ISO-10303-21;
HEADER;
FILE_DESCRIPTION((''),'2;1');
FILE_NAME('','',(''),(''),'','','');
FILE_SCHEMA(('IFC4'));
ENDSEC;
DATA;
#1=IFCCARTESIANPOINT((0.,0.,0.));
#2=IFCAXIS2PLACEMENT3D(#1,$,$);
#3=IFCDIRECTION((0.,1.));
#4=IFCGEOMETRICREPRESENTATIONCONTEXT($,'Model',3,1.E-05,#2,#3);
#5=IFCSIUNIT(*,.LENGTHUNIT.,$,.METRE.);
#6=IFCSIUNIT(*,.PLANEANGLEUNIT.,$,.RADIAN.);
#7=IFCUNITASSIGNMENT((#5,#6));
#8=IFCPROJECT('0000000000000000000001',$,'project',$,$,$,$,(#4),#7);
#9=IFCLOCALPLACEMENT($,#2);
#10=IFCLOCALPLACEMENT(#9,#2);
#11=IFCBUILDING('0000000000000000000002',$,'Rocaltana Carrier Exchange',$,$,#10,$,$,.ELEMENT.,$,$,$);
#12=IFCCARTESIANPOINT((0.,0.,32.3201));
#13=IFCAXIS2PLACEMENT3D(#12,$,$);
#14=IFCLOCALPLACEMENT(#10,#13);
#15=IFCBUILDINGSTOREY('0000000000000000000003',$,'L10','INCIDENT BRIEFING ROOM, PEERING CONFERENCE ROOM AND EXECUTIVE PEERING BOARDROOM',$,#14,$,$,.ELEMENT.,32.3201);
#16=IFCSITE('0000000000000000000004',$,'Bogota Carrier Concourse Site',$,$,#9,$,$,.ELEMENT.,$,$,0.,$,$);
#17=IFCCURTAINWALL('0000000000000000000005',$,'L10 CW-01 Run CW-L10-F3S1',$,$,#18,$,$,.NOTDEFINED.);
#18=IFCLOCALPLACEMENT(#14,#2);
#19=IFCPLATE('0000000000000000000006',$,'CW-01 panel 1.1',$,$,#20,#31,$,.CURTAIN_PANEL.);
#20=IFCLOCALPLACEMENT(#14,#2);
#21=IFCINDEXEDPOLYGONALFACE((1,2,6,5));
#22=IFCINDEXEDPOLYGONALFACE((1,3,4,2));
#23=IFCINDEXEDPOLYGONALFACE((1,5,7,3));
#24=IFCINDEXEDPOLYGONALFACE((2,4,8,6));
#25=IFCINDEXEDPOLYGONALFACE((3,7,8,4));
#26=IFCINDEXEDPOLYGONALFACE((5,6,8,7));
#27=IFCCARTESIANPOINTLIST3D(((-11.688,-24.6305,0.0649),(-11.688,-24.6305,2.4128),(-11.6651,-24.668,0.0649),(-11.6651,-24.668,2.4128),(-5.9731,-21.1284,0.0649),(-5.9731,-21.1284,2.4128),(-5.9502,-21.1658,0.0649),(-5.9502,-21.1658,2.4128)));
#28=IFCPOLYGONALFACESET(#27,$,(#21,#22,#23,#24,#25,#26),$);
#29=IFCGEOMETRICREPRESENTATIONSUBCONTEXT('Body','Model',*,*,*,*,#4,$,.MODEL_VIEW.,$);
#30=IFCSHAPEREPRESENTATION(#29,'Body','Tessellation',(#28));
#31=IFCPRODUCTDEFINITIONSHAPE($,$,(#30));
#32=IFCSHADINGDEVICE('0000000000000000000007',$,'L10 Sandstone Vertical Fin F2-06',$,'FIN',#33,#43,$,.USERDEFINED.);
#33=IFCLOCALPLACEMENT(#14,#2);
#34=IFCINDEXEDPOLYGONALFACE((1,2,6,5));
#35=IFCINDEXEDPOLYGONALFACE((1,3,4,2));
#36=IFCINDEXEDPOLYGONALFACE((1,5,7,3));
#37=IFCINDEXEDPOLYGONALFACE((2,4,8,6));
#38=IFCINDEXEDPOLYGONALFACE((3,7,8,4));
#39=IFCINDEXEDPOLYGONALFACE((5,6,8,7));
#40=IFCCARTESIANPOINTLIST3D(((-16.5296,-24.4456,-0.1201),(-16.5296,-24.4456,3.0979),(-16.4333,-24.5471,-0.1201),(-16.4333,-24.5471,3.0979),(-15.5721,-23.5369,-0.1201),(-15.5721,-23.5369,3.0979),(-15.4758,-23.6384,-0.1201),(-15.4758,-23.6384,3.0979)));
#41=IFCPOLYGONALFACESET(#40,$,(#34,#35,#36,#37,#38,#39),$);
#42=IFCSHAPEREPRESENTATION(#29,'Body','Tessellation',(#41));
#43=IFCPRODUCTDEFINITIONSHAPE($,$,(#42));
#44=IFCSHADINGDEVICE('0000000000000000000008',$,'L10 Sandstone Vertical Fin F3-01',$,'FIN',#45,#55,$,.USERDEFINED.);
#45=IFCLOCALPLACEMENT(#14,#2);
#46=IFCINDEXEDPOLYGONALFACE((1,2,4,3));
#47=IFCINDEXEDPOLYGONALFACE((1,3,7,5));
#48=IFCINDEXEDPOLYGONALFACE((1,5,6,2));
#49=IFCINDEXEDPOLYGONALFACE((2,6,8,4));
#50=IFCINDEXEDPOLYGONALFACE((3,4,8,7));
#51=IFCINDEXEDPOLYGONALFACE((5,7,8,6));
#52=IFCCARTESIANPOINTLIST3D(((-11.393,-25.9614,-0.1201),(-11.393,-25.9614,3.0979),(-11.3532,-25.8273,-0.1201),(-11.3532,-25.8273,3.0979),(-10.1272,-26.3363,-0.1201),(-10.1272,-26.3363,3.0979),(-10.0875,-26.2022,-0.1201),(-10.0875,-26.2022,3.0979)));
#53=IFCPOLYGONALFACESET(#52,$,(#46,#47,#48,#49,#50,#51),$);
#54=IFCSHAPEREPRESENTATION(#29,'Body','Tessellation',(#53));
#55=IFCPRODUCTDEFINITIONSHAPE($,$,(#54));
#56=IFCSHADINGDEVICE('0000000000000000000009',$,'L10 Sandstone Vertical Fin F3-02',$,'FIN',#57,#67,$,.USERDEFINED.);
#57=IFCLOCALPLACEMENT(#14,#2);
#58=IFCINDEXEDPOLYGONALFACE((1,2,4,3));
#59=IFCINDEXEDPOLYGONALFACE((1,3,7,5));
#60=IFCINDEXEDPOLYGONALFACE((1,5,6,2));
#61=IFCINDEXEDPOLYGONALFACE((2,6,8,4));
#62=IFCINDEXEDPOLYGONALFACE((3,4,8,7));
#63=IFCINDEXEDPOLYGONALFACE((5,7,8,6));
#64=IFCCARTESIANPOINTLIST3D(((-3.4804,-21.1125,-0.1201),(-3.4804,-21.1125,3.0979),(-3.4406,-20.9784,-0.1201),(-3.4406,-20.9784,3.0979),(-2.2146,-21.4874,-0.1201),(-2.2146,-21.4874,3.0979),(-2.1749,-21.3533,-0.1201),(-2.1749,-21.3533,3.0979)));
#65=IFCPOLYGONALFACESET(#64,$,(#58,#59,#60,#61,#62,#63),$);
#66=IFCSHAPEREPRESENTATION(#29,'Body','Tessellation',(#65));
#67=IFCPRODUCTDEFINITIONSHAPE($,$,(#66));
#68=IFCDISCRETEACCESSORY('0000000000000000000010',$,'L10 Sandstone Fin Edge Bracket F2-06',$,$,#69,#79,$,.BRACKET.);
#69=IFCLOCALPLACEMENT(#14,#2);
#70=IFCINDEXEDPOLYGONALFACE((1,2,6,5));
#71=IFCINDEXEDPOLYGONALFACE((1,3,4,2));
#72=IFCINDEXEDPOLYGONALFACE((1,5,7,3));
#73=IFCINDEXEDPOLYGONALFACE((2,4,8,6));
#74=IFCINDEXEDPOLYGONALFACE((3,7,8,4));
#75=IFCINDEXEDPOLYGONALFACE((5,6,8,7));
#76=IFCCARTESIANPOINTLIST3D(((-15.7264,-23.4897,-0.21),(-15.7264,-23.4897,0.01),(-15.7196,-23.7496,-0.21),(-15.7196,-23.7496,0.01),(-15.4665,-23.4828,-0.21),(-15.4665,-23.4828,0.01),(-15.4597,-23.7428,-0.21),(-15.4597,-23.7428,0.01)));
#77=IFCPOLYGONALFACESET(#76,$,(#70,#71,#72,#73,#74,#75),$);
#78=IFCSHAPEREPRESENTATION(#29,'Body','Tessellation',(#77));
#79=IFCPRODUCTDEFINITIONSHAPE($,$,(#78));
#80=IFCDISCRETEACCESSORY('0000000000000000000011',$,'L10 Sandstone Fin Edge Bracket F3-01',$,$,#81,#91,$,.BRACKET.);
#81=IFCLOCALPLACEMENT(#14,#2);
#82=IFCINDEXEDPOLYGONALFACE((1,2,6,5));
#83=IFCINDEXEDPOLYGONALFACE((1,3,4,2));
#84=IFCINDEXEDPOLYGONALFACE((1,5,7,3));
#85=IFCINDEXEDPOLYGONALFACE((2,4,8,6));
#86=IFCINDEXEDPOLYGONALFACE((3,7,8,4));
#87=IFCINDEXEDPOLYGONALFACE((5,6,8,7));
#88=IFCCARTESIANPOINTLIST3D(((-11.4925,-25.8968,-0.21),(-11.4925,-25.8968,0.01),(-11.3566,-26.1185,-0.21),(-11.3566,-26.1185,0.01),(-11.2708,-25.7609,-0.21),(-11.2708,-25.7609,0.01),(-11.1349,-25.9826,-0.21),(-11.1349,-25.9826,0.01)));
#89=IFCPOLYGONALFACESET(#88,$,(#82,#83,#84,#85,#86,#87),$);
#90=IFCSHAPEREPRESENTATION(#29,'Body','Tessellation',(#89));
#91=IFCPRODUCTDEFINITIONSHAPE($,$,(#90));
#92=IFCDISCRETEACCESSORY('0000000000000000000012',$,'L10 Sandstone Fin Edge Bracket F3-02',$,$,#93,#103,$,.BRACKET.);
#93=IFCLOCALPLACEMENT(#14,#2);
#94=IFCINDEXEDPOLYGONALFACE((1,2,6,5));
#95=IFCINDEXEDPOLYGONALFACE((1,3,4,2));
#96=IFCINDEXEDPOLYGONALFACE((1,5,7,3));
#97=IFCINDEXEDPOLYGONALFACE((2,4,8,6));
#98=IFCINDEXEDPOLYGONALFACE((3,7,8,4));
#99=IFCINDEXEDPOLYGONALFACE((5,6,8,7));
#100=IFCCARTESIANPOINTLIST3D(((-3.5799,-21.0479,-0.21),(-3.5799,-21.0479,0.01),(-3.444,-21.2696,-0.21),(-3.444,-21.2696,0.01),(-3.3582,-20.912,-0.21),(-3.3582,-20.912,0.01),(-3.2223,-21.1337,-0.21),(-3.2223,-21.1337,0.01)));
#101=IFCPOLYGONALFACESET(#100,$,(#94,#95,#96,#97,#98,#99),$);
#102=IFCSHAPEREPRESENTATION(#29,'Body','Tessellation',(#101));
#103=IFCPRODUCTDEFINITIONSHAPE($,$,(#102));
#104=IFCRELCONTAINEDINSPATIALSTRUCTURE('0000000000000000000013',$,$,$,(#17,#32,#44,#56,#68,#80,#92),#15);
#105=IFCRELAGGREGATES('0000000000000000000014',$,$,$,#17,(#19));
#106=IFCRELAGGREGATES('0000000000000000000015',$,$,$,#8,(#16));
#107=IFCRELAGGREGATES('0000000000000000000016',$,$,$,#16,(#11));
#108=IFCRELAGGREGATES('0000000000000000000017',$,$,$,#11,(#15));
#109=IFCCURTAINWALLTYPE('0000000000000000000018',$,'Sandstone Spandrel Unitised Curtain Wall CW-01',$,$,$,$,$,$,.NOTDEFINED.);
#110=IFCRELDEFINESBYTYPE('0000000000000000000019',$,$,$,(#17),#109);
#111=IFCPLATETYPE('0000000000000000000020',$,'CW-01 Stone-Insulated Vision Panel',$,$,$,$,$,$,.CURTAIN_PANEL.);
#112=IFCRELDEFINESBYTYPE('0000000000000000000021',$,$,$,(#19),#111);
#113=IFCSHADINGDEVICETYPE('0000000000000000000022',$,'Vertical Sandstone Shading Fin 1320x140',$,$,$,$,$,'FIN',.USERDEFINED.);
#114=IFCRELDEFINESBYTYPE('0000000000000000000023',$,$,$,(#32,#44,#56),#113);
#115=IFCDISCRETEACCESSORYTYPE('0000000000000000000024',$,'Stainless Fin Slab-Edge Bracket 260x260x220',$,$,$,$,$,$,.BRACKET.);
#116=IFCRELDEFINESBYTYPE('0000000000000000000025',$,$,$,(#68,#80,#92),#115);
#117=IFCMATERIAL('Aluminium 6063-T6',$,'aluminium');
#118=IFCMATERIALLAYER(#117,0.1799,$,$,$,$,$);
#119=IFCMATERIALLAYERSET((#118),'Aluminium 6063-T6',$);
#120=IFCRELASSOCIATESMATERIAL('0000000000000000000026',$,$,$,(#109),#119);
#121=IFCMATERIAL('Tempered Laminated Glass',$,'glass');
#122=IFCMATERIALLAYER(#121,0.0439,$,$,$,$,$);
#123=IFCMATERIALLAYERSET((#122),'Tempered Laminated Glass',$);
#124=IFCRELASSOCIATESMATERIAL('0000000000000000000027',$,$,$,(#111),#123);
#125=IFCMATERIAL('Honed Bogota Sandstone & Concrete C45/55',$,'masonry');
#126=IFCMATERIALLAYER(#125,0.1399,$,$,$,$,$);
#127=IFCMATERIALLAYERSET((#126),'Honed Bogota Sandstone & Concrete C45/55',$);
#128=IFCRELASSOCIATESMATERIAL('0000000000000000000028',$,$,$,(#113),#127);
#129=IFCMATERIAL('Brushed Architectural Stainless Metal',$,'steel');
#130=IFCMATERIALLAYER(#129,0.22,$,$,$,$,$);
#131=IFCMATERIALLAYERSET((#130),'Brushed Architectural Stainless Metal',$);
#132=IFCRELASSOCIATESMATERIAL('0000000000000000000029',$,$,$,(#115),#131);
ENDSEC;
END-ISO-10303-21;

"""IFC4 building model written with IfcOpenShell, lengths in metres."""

from ifc_helpers import new_model, si_unit, direction, frame, origin, origin_2d, place, context, subcontext, project, spatial, rectangle, extrude, material, layer, layer_set, type_object, element, aggregate, save


model = new_model("IFC4")

# Units and contexts
model_context = context("Model", 3, precision=1e-05, world=origin(), true_north=direction((0.0, 1.0)))
body_context = subcontext(model_context, "Body", "Model", "MODEL_VIEW")
ifc_project = project(units=[si_unit("LENGTHUNIT", "METRE"), si_unit("PLANEANGLEUNIT", "RADIAN")], contexts=[model_context])

# Site, building, storey
site_placement = place(None, origin())
site = spatial("IfcSite", under=ifc_project, at=site_placement, Name="Bogota Carrier Concourse Site", CompositionType="ELEMENT", RefElevation=0.0)
building_placement = place(site_placement, origin())
building = spatial("IfcBuilding", under=site, at=building_placement, Name="Rocaltana Carrier Exchange", CompositionType="ELEMENT")
storey_placement = place(building_placement, frame((0.0, 0.0, 32.3201)))
storey = spatial("IfcBuildingStorey", under=building, at=storey_placement, Name="L10", Description="INCIDENT BRIEFING ROOM, PEERING CONFERENCE ROOM AND EXECUTIVE PEERING BOARDROOM", CompositionType="ELEMENT", Elevation=32.3201)

# Shared definitions
ifc_material_1 = material(Name="Aluminium 6063-T6", Category="aluminium")
ifc_layer_1 = layer(ifc_material_1, 0.1799)
ifc_layer_set_1 = layer_set([ifc_layer_1], Name="Aluminium 6063-T6")
curtain_wall_type = type_object("IfcCurtainWallType", Name="Sandstone Spandrel Unitised Curtain Wall CW-01", PredefinedType="NOTDEFINED", material=ifc_layer_set_1)

# Curtain wall
curtain_wall_1_placement = place(storey_placement, origin())
curtain_wall_1 = element("IfcCurtainWall", 1, at=curtain_wall_1_placement, inside=storey, type_object=curtain_wall_type, Name="L10 CW-01 Run CW-L10-F3S1", PredefinedType="NOTDEFINED")

# Plate
ifc_material_2 = material(Name="Tempered Laminated Glass", Category="glass")
ifc_layer_2 = layer(ifc_material_2, 0.0439)
ifc_layer_set_2 = layer_set([ifc_layer_2], Name="Tempered Laminated Glass")
plate_type = type_object("IfcPlateType", Name="CW-01 Stone-Insulated Vision Panel", PredefinedType="CURTAIN_PANEL", material=ifc_layer_set_2)
plate_placement = place(storey_placement, frame((-8.8191, -22.8982, 0.0649), z_axis=(0.0, 0.0, 1.0), x_axis=(0.852636, 0.522505, 0.0)))
plate = element("IfcPlate", 2, at=plate_placement, type_object=plate_type, Name="CW-01 panel 1.1", PredefinedType="CURTAIN_PANEL", context=body_context, shape_type="SweptSolid", body=[
    extrude(rectangle(XDim=6.7026, YDim=0.0439, at=origin_2d()), origin(), (0.0, 0.0, 1.0), 2.3479),
])
aggregate(curtain_wall_1, [plate])

# Shading devices
ifc_material_3 = material(Name="Honed Bogota Sandstone & Concrete C45/55", Category="masonry")
ifc_layer_3 = layer(ifc_material_3, 0.1399)
ifc_layer_set_3 = layer_set([ifc_layer_3], Name="Honed Bogota Sandstone & Concrete C45/55")
shading_device_type = type_object("IfcShadingDeviceType", Name="Vertical Sandstone Shading Fin 1320x140", ElementType="FIN", PredefinedType="USERDEFINED", material=ifc_layer_set_3)
for number, where, z_axis, x_axis, name in (
    (3, (-16.0027, -24.042, -0.1201), (0.0, 0.0, 1.0), (-0.725374, -0.688355, 0.0), "L10 Sandstone Vertical Fin F2-06"),
    (4, (-10.7402, -26.0818, -0.1201), (0.0, 0.0, 1.0), (0.95882, -0.284015, 0.0), "L10 Sandstone Vertical Fin F3-01"),
    (5, (-2.8276, -21.2329, -0.1201), (0.0, 0.0, 1.0), (0.95882, -0.284015, 0.0), "L10 Sandstone Vertical Fin F3-02"),
):
    element("IfcShadingDevice", number, at=place(storey_placement, frame(where, z_axis=z_axis, x_axis=x_axis)), inside=storey, type_object=shading_device_type, Name=name, ObjectType="FIN", PredefinedType="USERDEFINED", context=body_context, shape_type="SweptSolid", body=[
        extrude(rectangle(XDim=1.3201, YDim=0.1399, at=origin_2d()), origin(), (0.0, 0.0, 1.0), 3.218),
    ])

# Discrete accessories
ifc_material_4 = material(Name="Brushed Architectural Stainless Metal", Category="steel")
ifc_layer_4 = layer(ifc_material_4, 0.22)
ifc_layer_set_4 = layer_set([ifc_layer_4], Name="Brushed Architectural Stainless Metal")
discrete_accessory_type = type_object("IfcDiscreteAccessoryType", Name="Stainless Fin Slab-Edge Bracket 260x260x220", PredefinedType="BRACKET", material=ifc_layer_set_4)
for number, where, z_axis, x_axis, name in (
    (6, (-15.593, -23.6162, -0.21), (0.0, 0.0, 1.0), (0.026177, -0.999657, 0.0), "L10 Sandstone Fin Edge Bracket F2-06"),
    (7, (-11.3137, -25.9397, -0.21), (0.0, 0.0, 1.0), (0.85264, 0.522499, 0.0), "L10 Sandstone Fin Edge Bracket F3-01"),
    (8, (-3.4011, -21.0908, -0.21), (0.0, 0.0, 1.0), (0.85264, 0.522499, 0.0), "L10 Sandstone Fin Edge Bracket F3-02"),
):
    element("IfcDiscreteAccessory", number, at=place(storey_placement, frame(where, z_axis=z_axis, x_axis=x_axis)), inside=storey, type_object=discrete_accessory_type, Name=name, PredefinedType="BRACKET", context=body_context, shape_type="SweptSolid", body=[
        extrude(rectangle(XDim=0.26, YDim=0.26, at=origin_2d()), origin(), (0.0, 0.0, 1.0), 0.22),
    ])

save(model, "model.ifc")
